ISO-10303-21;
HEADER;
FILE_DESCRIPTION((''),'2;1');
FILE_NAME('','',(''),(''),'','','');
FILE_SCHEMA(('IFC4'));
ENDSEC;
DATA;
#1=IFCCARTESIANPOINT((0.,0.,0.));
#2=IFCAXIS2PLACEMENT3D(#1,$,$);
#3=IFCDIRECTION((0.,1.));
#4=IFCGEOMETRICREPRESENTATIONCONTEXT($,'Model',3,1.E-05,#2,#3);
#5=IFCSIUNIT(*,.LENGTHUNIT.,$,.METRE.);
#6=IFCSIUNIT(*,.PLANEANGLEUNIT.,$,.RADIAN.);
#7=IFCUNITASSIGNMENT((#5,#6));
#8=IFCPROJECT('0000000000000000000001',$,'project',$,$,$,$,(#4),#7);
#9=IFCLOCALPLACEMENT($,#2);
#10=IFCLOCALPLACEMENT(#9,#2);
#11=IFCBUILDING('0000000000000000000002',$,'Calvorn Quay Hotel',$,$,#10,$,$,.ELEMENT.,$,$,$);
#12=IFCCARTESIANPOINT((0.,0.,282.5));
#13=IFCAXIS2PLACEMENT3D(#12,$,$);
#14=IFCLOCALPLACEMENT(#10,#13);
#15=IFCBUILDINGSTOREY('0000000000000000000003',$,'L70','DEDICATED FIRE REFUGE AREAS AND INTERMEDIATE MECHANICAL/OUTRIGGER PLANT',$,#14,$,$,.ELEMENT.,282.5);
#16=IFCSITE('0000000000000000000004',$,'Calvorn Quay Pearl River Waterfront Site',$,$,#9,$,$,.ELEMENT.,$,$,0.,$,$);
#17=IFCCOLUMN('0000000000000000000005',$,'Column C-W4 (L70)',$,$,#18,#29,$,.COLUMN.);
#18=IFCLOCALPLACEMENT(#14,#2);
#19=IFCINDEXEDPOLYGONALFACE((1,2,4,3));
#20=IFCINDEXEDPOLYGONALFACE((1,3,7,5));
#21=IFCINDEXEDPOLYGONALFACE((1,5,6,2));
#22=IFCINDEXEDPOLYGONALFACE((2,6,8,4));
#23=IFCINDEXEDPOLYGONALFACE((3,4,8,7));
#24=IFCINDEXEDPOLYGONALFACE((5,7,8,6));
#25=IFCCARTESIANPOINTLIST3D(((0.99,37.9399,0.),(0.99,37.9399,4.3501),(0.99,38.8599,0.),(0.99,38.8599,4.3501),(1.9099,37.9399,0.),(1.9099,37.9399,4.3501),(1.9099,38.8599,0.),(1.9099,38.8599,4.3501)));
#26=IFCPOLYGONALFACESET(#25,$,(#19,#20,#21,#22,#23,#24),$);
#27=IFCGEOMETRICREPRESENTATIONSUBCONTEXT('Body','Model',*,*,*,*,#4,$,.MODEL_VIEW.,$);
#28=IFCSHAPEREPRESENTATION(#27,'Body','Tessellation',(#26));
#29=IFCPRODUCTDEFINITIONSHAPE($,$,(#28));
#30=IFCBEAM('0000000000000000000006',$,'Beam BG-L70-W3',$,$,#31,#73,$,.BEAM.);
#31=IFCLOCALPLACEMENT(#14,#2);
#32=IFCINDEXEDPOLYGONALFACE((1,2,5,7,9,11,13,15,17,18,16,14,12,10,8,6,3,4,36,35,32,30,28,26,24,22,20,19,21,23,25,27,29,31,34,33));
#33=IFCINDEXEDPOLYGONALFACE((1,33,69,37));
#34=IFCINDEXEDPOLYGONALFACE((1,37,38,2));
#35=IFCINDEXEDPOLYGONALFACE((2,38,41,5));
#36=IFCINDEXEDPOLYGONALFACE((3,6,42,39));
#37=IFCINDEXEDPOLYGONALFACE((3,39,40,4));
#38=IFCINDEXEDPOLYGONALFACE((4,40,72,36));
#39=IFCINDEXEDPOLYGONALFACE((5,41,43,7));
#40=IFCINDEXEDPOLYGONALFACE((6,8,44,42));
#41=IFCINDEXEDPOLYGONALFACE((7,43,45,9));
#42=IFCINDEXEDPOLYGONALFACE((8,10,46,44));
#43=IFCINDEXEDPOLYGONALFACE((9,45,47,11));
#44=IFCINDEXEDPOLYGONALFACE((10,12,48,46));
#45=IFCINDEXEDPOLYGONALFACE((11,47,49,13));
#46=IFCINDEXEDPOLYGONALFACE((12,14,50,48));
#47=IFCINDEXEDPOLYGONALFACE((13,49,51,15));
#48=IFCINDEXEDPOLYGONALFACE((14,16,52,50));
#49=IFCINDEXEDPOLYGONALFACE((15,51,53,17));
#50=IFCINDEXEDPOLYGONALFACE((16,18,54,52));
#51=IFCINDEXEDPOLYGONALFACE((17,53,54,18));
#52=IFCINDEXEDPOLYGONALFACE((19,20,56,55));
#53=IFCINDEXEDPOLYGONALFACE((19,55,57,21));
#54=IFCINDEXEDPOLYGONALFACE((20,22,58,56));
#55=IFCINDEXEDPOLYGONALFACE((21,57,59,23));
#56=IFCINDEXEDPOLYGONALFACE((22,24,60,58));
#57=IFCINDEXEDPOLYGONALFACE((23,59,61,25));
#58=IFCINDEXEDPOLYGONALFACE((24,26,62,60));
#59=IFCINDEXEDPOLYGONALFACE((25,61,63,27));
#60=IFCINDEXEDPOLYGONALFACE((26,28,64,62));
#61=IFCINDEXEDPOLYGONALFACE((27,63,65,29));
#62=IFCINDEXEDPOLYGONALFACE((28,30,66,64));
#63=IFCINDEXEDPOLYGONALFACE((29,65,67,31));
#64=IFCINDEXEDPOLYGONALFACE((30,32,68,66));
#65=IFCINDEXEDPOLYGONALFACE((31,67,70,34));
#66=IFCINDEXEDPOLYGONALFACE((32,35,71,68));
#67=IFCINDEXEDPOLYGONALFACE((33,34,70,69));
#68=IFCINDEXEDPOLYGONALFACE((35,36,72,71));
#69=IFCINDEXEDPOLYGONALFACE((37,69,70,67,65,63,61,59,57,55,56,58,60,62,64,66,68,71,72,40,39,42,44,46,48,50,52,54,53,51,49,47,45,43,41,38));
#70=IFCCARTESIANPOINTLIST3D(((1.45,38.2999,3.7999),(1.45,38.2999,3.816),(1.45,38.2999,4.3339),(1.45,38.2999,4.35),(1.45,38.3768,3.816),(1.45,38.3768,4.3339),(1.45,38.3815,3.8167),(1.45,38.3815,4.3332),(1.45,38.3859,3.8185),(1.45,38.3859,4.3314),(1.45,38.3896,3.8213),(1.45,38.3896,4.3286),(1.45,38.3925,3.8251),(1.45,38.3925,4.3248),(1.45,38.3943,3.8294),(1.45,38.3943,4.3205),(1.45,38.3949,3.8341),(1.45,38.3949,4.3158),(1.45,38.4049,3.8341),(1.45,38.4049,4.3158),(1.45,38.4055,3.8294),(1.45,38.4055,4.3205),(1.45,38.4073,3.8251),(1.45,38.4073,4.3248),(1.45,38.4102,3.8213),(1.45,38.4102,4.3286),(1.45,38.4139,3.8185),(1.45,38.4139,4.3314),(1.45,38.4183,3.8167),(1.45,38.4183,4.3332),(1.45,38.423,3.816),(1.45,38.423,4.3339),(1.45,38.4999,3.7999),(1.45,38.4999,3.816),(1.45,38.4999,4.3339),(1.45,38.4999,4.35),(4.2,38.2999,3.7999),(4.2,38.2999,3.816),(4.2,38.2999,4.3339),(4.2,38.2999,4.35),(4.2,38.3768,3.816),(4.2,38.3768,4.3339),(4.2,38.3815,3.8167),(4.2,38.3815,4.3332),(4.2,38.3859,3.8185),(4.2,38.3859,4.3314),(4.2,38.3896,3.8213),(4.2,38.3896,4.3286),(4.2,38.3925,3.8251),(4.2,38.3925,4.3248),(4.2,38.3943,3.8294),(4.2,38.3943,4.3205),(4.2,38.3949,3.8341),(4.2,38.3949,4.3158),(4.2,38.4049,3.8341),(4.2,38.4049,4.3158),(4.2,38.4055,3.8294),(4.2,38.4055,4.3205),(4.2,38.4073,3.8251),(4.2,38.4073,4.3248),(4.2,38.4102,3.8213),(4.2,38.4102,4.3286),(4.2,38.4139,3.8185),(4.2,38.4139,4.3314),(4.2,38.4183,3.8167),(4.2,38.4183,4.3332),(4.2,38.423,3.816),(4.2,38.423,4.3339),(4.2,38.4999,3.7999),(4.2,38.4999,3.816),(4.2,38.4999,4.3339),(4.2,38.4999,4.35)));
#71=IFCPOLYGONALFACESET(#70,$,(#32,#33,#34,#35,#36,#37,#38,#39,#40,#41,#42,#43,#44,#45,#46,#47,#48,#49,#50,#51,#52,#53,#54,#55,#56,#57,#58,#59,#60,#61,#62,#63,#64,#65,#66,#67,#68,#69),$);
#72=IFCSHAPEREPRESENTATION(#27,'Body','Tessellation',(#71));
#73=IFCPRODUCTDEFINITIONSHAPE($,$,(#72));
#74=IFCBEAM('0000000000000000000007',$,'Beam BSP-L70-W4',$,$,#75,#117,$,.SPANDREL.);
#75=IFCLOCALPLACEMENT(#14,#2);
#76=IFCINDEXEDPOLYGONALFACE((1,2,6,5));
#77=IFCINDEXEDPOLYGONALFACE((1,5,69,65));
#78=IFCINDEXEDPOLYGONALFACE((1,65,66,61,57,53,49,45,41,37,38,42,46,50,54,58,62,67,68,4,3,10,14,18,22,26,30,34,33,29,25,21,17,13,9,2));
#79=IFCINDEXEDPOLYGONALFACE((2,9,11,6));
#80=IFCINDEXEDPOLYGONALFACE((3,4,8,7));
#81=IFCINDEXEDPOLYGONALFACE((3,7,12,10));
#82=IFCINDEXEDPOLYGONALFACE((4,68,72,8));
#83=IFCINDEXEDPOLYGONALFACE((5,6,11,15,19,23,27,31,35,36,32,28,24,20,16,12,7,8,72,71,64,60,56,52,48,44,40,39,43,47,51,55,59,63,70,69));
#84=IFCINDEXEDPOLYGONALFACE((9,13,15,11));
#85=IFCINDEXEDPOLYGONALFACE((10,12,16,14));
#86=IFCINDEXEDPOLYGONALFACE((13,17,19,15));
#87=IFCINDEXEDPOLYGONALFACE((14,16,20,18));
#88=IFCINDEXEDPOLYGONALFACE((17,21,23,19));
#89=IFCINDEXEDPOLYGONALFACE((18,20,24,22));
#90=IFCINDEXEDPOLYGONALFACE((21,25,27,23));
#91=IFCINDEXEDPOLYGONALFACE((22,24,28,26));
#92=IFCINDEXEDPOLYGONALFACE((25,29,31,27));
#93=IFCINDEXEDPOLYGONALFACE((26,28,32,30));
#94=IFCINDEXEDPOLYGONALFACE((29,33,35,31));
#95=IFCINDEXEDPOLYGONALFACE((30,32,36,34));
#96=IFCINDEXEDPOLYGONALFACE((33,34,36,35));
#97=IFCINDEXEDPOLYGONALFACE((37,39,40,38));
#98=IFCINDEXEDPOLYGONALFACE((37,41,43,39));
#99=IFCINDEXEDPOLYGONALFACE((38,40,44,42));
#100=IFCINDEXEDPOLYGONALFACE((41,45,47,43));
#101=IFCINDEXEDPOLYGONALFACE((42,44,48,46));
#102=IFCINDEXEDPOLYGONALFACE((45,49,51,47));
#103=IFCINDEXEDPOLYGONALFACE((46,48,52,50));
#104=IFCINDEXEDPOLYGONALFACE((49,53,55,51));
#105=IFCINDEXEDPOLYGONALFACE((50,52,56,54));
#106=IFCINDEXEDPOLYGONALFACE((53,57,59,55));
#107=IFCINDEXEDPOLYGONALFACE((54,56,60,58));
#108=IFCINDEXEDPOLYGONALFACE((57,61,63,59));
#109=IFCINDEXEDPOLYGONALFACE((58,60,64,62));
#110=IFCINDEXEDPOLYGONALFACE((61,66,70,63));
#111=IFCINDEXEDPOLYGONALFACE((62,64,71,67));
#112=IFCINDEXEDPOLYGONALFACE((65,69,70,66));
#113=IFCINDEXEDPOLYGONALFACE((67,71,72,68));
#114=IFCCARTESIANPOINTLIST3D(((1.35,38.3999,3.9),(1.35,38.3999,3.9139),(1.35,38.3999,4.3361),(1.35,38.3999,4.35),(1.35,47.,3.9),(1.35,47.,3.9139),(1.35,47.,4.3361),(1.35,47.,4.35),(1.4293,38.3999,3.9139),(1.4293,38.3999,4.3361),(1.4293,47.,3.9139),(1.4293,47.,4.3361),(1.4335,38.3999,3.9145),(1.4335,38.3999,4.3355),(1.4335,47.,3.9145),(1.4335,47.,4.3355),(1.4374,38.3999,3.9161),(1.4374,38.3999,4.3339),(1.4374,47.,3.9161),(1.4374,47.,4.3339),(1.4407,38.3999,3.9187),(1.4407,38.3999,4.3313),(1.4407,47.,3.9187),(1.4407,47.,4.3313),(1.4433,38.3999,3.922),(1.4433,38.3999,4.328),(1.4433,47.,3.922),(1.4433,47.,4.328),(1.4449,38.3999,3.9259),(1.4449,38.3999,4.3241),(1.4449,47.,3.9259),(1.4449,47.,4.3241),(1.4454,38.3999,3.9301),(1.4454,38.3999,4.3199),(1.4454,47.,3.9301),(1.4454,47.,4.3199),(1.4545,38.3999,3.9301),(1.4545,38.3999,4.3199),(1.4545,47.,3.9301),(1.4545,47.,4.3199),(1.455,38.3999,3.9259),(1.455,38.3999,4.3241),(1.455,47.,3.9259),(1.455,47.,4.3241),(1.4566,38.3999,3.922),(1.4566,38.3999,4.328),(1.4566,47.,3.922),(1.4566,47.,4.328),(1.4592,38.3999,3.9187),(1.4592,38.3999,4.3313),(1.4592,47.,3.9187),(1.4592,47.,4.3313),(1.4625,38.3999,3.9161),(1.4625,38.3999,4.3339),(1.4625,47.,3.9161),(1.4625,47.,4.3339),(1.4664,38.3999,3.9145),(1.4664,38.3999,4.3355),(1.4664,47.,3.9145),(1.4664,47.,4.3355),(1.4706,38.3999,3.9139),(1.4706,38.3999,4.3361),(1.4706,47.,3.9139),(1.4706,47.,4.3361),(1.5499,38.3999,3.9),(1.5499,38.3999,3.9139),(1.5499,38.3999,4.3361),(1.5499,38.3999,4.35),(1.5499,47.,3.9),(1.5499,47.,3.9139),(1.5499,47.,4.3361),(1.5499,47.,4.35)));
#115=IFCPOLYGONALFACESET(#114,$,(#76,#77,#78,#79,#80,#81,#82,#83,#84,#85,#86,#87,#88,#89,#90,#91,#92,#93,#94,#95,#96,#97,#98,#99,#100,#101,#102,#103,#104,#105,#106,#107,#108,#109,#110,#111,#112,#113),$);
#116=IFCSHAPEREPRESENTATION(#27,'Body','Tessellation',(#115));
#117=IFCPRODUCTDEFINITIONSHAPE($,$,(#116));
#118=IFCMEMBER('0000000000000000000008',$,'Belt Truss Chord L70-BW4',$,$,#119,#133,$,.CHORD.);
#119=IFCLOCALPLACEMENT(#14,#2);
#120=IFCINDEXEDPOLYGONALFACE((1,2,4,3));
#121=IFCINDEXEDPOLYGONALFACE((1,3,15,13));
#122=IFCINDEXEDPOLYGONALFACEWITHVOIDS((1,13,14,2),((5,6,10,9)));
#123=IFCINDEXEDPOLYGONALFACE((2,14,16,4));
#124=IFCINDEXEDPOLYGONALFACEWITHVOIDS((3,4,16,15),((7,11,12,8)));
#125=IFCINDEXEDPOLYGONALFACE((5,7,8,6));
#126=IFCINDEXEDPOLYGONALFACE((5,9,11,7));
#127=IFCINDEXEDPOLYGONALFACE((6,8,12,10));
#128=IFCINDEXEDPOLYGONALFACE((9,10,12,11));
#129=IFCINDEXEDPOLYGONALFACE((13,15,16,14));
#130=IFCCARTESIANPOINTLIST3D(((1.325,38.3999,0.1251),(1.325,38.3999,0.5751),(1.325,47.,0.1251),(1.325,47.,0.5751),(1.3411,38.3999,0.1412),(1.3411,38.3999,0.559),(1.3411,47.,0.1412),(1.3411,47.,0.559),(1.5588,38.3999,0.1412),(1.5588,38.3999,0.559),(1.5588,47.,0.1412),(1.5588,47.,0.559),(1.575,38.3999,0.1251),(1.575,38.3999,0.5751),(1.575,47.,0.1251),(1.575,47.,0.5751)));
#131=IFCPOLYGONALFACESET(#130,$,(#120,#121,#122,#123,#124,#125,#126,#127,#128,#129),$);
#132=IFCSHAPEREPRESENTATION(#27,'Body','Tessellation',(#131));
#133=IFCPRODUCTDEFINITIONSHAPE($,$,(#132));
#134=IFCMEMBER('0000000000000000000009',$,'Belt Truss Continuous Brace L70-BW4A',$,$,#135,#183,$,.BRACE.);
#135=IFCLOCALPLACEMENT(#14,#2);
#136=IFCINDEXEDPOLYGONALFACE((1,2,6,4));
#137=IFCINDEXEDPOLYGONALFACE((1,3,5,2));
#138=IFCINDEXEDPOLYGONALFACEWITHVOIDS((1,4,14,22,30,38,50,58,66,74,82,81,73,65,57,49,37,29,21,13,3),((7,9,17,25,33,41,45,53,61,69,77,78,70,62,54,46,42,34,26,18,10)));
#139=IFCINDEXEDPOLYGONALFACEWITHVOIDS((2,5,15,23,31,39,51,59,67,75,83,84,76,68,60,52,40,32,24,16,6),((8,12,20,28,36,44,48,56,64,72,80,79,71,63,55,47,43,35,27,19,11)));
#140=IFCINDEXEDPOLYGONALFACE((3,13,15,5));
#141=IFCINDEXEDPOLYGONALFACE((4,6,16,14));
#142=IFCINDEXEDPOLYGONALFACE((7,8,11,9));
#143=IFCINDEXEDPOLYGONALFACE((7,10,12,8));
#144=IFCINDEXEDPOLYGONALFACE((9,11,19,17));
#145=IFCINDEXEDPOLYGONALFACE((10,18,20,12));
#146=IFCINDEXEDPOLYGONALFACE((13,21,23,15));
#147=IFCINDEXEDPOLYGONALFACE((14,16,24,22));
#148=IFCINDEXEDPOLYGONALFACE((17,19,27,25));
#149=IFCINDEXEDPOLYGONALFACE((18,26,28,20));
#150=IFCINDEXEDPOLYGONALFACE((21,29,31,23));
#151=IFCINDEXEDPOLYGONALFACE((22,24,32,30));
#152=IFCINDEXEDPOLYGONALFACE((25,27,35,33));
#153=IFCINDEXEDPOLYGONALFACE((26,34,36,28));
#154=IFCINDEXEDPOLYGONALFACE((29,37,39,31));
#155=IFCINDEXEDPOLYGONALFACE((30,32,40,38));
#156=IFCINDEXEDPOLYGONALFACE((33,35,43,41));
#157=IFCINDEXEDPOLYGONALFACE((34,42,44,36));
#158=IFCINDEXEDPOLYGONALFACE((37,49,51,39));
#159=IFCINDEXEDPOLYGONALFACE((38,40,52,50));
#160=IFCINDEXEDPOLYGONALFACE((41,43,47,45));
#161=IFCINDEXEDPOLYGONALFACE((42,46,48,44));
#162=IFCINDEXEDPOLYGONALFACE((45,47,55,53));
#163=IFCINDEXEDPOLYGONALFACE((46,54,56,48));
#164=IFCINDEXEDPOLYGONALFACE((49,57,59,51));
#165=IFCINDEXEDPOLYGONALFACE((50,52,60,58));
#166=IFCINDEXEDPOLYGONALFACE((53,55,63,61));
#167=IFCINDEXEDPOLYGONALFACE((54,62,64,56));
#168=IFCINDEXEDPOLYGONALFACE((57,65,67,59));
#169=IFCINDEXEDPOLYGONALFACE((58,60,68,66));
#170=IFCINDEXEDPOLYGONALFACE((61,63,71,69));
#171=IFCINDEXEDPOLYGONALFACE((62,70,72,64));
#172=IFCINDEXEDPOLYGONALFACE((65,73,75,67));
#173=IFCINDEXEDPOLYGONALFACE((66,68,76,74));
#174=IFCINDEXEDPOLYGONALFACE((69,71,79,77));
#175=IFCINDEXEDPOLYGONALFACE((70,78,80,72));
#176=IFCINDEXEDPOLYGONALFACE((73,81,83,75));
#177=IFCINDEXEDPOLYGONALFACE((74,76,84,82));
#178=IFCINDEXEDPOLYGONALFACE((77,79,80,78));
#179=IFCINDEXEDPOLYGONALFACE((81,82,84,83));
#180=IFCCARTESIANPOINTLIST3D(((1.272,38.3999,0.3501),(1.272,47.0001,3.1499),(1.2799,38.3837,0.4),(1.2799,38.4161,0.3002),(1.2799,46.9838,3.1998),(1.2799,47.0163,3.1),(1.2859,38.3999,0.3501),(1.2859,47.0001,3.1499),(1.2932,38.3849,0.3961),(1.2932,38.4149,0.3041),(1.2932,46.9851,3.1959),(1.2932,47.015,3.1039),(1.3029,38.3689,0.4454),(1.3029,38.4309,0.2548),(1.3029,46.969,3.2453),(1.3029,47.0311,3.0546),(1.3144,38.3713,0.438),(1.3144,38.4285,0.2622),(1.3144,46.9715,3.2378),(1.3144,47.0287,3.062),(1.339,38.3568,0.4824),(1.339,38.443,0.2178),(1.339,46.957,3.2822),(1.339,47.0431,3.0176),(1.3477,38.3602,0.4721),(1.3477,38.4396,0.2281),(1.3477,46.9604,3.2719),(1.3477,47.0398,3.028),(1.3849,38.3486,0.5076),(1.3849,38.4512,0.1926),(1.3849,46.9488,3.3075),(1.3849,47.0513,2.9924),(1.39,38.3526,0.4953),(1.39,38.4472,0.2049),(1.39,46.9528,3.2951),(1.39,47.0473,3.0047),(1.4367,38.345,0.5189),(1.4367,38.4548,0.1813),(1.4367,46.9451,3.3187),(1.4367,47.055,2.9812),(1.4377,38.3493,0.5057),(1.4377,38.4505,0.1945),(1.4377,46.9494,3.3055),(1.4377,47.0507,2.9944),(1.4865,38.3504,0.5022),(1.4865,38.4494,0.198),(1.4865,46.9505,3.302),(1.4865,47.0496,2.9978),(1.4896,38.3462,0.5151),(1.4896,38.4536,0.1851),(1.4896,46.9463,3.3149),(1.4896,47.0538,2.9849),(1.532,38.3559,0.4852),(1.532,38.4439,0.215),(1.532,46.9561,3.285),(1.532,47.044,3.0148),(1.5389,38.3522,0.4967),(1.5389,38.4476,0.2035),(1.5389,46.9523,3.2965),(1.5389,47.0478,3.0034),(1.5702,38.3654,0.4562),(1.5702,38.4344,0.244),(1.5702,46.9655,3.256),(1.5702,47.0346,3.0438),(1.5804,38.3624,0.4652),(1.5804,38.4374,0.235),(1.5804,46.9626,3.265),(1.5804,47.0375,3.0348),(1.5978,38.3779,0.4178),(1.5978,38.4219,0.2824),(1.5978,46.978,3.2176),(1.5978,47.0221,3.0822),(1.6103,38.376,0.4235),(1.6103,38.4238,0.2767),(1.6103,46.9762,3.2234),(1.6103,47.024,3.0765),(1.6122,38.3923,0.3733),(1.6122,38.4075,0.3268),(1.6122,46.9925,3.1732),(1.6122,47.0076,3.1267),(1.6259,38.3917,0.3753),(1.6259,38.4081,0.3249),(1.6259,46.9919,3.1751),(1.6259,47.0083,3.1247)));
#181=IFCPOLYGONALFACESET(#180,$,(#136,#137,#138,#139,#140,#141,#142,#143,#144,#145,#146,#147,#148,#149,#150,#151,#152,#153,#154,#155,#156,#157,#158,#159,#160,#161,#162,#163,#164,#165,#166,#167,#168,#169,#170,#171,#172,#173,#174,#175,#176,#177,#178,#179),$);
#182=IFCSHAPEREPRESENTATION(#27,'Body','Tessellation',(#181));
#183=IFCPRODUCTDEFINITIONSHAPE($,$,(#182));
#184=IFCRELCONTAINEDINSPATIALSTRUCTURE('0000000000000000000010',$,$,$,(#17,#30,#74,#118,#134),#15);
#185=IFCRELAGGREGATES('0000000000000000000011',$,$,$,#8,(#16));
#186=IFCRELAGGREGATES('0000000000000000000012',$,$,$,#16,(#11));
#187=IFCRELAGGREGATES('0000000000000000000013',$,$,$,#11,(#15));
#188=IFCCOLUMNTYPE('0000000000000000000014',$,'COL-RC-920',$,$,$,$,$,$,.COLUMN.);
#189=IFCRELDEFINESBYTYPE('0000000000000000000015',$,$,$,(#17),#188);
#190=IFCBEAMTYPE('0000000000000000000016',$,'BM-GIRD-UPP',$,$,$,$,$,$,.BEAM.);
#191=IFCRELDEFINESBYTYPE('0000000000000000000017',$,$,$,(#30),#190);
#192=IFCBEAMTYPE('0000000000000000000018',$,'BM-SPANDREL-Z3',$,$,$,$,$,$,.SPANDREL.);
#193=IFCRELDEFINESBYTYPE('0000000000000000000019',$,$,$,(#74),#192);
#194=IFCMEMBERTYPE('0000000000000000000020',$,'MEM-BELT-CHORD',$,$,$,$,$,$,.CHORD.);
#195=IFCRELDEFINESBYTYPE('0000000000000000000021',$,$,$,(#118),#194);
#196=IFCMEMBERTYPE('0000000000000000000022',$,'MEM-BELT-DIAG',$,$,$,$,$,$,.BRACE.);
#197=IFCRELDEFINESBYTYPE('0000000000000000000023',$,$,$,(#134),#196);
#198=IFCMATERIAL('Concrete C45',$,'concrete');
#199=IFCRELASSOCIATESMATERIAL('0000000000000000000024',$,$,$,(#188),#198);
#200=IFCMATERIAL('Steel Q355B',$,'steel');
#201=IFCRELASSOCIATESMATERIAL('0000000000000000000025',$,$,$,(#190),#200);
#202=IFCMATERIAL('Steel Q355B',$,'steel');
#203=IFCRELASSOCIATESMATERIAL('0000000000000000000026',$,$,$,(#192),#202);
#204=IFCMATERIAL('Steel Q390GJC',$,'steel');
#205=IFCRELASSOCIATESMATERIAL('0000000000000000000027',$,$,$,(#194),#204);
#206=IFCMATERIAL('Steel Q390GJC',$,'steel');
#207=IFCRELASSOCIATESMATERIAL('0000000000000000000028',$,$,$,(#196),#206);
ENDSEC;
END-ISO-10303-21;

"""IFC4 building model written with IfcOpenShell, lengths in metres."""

from ifc_helpers import new_model, si_unit, direction, frame, origin, origin_2d, place, context, subcontext, project, spatial, rectangle, hollow_rectangle, hollow_circle, i_section, extrude, material, material_profile, profile_set, type_object, element, save


model = new_model("IFC4")

# Units and contexts
model_context = context("Model", 3, precision=1e-05, world=origin(), true_north=direction((0.0, 1.0)))
body_context = subcontext(model_context, "Body", "Model", "MODEL_VIEW")
ifc_project = project(units=[si_unit("LENGTHUNIT", "METRE"), si_unit("PLANEANGLEUNIT", "RADIAN")], contexts=[model_context])

# Site, building, storey
site_placement = place(None, origin())
site = spatial("IfcSite", under=ifc_project, at=site_placement, Name="Calvorn Quay Pearl River Waterfront Site", CompositionType="ELEMENT", RefElevation=0.0)
building_placement = place(site_placement, origin())
building = spatial("IfcBuilding", under=site, at=building_placement, Name="Calvorn Quay Hotel", CompositionType="ELEMENT")
storey_placement = place(building_placement, frame((0.0, 0.0, 282.5)))
storey = spatial("IfcBuildingStorey", under=building, at=storey_placement, Name="L70", Description="DEDICATED FIRE REFUGE AREAS AND INTERMEDIATE MECHANICAL/OUTRIGGER PLANT", CompositionType="ELEMENT", Elevation=282.5)

# Column
ifc_material_1 = material(Name="Concrete C45", Category="concrete")
ifc_material_profile_1 = material_profile(ifc_material_1, rectangle(XDim=0.9199, YDim=0.9199, at=origin_2d()), Name="RC920x920")
ifc_profile_set_1 = profile_set([ifc_material_profile_1], Name="Concrete C45")
column_type = type_object("IfcColumnType", Name="COL-RC-920", PredefinedType="COLUMN", material=ifc_profile_set_1)
column_placement = place(storey_placement, frame((1.45, 38.3999, 0.0), z_axis=(0.0, 0.0, 1.0), x_axis=(1.0, 0.0, 0.0)))
element("IfcColumn", 1, at=column_placement, inside=storey, type_object=column_type, Name="Column C-W4 (L70)", PredefinedType="COLUMN", context=body_context, shape_type="SweptSolid", body=[
    extrude(rectangle(XDim=0.9199, YDim=0.9199, at=origin_2d()), origin(), (0.0, 0.0, 1.0), 4.3501),
])

# Beams
ifc_material_2 = material(Name="Steel Q355B", Category="steel")
ifc_material_profile_2 = material_profile(ifc_material_2, i_section(OverallWidth=0.2, OverallDepth=0.55, WebThickness=0.01, FlangeThickness=0.0161, FilletRadius=0.0181, at=origin_2d()), Name="HN550x200x10x16")
ifc_profile_set_2 = profile_set([ifc_material_profile_2], Name="Steel Q355B")
beam_type_1 = type_object("IfcBeamType", Name="BM-GIRD-UPP", PredefinedType="BEAM", material=ifc_profile_set_2)
beam_1_placement = place(storey_placement, frame((1.45, 38.3999, 4.075), z_axis=(1.0, 0.0, 0.0), x_axis=(0.0, 1.0, 0.0)))
element("IfcBeam", 2, at=beam_1_placement, inside=storey, type_object=beam_type_1, Name="Beam BG-L70-W3", PredefinedType="BEAM", context=body_context, shape_type="SweptSolid", body=[
    extrude(i_section(OverallWidth=0.2, OverallDepth=0.55, WebThickness=0.01, FlangeThickness=0.0161, FilletRadius=0.0181, at=origin_2d()), origin(), (0.0, 0.0, 1.0), 2.75),
])
ifc_material_3 = material(Name="Steel Q355B", Category="steel")
ifc_material_profile_3 = material_profile(ifc_material_3, i_section(OverallWidth=0.2, OverallDepth=0.45, WebThickness=0.009, FlangeThickness=0.0139, FilletRadius=0.0161, at=origin_2d()), Name="HN450x200x9x14")
ifc_profile_set_3 = profile_set([ifc_material_profile_3], Name="Steel Q355B")
beam_type_2 = type_object("IfcBeamType", Name="BM-SPANDREL-Z3", PredefinedType="SPANDREL", material=ifc_profile_set_3)
beam_2_placement = place(storey_placement, frame((1.45, 38.3999, 4.125), z_axis=(0.0, 1.0, 0.0), x_axis=(-1.0, 0.0, 0.0)))
element("IfcBeam", 3, at=beam_2_placement, inside=storey, type_object=beam_type_2, Name="Beam BSP-L70-W4", PredefinedType="SPANDREL", context=body_context, shape_type="SweptSolid", body=[
    extrude(i_section(OverallWidth=0.2, OverallDepth=0.45, WebThickness=0.009, FlangeThickness=0.0139, FilletRadius=0.0161, at=origin_2d()), origin(), (0.0, 0.0, 1.0), 8.6001),
])

# Members
ifc_material_4 = material(Name="Steel Q390GJC", Category="steel")
ifc_material_profile_4 = material_profile(ifc_material_4, hollow_rectangle(XDim=0.25, YDim=0.45, WallThickness=0.0161, at=origin_2d()), Name="RHS450x250x16")
ifc_profile_set_4 = profile_set([ifc_material_profile_4], Name="Steel Q390GJC")
member_type_1 = type_object("IfcMemberType", Name="MEM-BELT-CHORD", PredefinedType="CHORD", material=ifc_profile_set_4)
member_1_placement = place(storey_placement, frame((1.45, 38.3999, 0.3501), z_axis=(0.0, 1.0, 0.0), x_axis=(-1.0, 0.0, 0.0)))
element("IfcMember", 4, at=member_1_placement, inside=storey, type_object=member_type_1, Name="Belt Truss Chord L70-BW4", PredefinedType="CHORD", context=body_context, shape_type="SweptSolid", body=[
    extrude(hollow_rectangle(XDim=0.25, YDim=0.45, WallThickness=0.0161, at=origin_2d()), origin(), (0.0, 0.0, 1.0), 8.6001),
])
ifc_material_5 = material(Name="Steel Q390GJC", Category="steel")
ifc_material_profile_5 = material_profile(ifc_material_5, hollow_circle(Radius=0.178, WallThickness=0.0139, at=origin_2d()), Name="CHS356x14")
ifc_profile_set_5 = profile_set([ifc_material_profile_5], Name="Steel Q390GJC")
member_type_2 = type_object("IfcMemberType", Name="MEM-BELT-DIAG", PredefinedType="BRACE", material=ifc_profile_set_5)
member_2_placement = place(storey_placement, frame((1.45, 38.3999, 0.3501), z_axis=(0.0, 0.950879, 0.309563), x_axis=(-1.0, 0.0, 0.0)))
element("IfcMember", 5, at=member_2_placement, inside=storey, type_object=member_type_2, Name="Belt Truss Continuous Brace L70-BW4A", PredefinedType="BRACE", context=body_context, shape_type="SweptSolid", body=[
    extrude(hollow_circle(Radius=0.178, WallThickness=0.0139, at=origin_2d()), origin(), (0.0, 0.0, 1.0), 9.0444),
])

save(model, "model.ifc")
